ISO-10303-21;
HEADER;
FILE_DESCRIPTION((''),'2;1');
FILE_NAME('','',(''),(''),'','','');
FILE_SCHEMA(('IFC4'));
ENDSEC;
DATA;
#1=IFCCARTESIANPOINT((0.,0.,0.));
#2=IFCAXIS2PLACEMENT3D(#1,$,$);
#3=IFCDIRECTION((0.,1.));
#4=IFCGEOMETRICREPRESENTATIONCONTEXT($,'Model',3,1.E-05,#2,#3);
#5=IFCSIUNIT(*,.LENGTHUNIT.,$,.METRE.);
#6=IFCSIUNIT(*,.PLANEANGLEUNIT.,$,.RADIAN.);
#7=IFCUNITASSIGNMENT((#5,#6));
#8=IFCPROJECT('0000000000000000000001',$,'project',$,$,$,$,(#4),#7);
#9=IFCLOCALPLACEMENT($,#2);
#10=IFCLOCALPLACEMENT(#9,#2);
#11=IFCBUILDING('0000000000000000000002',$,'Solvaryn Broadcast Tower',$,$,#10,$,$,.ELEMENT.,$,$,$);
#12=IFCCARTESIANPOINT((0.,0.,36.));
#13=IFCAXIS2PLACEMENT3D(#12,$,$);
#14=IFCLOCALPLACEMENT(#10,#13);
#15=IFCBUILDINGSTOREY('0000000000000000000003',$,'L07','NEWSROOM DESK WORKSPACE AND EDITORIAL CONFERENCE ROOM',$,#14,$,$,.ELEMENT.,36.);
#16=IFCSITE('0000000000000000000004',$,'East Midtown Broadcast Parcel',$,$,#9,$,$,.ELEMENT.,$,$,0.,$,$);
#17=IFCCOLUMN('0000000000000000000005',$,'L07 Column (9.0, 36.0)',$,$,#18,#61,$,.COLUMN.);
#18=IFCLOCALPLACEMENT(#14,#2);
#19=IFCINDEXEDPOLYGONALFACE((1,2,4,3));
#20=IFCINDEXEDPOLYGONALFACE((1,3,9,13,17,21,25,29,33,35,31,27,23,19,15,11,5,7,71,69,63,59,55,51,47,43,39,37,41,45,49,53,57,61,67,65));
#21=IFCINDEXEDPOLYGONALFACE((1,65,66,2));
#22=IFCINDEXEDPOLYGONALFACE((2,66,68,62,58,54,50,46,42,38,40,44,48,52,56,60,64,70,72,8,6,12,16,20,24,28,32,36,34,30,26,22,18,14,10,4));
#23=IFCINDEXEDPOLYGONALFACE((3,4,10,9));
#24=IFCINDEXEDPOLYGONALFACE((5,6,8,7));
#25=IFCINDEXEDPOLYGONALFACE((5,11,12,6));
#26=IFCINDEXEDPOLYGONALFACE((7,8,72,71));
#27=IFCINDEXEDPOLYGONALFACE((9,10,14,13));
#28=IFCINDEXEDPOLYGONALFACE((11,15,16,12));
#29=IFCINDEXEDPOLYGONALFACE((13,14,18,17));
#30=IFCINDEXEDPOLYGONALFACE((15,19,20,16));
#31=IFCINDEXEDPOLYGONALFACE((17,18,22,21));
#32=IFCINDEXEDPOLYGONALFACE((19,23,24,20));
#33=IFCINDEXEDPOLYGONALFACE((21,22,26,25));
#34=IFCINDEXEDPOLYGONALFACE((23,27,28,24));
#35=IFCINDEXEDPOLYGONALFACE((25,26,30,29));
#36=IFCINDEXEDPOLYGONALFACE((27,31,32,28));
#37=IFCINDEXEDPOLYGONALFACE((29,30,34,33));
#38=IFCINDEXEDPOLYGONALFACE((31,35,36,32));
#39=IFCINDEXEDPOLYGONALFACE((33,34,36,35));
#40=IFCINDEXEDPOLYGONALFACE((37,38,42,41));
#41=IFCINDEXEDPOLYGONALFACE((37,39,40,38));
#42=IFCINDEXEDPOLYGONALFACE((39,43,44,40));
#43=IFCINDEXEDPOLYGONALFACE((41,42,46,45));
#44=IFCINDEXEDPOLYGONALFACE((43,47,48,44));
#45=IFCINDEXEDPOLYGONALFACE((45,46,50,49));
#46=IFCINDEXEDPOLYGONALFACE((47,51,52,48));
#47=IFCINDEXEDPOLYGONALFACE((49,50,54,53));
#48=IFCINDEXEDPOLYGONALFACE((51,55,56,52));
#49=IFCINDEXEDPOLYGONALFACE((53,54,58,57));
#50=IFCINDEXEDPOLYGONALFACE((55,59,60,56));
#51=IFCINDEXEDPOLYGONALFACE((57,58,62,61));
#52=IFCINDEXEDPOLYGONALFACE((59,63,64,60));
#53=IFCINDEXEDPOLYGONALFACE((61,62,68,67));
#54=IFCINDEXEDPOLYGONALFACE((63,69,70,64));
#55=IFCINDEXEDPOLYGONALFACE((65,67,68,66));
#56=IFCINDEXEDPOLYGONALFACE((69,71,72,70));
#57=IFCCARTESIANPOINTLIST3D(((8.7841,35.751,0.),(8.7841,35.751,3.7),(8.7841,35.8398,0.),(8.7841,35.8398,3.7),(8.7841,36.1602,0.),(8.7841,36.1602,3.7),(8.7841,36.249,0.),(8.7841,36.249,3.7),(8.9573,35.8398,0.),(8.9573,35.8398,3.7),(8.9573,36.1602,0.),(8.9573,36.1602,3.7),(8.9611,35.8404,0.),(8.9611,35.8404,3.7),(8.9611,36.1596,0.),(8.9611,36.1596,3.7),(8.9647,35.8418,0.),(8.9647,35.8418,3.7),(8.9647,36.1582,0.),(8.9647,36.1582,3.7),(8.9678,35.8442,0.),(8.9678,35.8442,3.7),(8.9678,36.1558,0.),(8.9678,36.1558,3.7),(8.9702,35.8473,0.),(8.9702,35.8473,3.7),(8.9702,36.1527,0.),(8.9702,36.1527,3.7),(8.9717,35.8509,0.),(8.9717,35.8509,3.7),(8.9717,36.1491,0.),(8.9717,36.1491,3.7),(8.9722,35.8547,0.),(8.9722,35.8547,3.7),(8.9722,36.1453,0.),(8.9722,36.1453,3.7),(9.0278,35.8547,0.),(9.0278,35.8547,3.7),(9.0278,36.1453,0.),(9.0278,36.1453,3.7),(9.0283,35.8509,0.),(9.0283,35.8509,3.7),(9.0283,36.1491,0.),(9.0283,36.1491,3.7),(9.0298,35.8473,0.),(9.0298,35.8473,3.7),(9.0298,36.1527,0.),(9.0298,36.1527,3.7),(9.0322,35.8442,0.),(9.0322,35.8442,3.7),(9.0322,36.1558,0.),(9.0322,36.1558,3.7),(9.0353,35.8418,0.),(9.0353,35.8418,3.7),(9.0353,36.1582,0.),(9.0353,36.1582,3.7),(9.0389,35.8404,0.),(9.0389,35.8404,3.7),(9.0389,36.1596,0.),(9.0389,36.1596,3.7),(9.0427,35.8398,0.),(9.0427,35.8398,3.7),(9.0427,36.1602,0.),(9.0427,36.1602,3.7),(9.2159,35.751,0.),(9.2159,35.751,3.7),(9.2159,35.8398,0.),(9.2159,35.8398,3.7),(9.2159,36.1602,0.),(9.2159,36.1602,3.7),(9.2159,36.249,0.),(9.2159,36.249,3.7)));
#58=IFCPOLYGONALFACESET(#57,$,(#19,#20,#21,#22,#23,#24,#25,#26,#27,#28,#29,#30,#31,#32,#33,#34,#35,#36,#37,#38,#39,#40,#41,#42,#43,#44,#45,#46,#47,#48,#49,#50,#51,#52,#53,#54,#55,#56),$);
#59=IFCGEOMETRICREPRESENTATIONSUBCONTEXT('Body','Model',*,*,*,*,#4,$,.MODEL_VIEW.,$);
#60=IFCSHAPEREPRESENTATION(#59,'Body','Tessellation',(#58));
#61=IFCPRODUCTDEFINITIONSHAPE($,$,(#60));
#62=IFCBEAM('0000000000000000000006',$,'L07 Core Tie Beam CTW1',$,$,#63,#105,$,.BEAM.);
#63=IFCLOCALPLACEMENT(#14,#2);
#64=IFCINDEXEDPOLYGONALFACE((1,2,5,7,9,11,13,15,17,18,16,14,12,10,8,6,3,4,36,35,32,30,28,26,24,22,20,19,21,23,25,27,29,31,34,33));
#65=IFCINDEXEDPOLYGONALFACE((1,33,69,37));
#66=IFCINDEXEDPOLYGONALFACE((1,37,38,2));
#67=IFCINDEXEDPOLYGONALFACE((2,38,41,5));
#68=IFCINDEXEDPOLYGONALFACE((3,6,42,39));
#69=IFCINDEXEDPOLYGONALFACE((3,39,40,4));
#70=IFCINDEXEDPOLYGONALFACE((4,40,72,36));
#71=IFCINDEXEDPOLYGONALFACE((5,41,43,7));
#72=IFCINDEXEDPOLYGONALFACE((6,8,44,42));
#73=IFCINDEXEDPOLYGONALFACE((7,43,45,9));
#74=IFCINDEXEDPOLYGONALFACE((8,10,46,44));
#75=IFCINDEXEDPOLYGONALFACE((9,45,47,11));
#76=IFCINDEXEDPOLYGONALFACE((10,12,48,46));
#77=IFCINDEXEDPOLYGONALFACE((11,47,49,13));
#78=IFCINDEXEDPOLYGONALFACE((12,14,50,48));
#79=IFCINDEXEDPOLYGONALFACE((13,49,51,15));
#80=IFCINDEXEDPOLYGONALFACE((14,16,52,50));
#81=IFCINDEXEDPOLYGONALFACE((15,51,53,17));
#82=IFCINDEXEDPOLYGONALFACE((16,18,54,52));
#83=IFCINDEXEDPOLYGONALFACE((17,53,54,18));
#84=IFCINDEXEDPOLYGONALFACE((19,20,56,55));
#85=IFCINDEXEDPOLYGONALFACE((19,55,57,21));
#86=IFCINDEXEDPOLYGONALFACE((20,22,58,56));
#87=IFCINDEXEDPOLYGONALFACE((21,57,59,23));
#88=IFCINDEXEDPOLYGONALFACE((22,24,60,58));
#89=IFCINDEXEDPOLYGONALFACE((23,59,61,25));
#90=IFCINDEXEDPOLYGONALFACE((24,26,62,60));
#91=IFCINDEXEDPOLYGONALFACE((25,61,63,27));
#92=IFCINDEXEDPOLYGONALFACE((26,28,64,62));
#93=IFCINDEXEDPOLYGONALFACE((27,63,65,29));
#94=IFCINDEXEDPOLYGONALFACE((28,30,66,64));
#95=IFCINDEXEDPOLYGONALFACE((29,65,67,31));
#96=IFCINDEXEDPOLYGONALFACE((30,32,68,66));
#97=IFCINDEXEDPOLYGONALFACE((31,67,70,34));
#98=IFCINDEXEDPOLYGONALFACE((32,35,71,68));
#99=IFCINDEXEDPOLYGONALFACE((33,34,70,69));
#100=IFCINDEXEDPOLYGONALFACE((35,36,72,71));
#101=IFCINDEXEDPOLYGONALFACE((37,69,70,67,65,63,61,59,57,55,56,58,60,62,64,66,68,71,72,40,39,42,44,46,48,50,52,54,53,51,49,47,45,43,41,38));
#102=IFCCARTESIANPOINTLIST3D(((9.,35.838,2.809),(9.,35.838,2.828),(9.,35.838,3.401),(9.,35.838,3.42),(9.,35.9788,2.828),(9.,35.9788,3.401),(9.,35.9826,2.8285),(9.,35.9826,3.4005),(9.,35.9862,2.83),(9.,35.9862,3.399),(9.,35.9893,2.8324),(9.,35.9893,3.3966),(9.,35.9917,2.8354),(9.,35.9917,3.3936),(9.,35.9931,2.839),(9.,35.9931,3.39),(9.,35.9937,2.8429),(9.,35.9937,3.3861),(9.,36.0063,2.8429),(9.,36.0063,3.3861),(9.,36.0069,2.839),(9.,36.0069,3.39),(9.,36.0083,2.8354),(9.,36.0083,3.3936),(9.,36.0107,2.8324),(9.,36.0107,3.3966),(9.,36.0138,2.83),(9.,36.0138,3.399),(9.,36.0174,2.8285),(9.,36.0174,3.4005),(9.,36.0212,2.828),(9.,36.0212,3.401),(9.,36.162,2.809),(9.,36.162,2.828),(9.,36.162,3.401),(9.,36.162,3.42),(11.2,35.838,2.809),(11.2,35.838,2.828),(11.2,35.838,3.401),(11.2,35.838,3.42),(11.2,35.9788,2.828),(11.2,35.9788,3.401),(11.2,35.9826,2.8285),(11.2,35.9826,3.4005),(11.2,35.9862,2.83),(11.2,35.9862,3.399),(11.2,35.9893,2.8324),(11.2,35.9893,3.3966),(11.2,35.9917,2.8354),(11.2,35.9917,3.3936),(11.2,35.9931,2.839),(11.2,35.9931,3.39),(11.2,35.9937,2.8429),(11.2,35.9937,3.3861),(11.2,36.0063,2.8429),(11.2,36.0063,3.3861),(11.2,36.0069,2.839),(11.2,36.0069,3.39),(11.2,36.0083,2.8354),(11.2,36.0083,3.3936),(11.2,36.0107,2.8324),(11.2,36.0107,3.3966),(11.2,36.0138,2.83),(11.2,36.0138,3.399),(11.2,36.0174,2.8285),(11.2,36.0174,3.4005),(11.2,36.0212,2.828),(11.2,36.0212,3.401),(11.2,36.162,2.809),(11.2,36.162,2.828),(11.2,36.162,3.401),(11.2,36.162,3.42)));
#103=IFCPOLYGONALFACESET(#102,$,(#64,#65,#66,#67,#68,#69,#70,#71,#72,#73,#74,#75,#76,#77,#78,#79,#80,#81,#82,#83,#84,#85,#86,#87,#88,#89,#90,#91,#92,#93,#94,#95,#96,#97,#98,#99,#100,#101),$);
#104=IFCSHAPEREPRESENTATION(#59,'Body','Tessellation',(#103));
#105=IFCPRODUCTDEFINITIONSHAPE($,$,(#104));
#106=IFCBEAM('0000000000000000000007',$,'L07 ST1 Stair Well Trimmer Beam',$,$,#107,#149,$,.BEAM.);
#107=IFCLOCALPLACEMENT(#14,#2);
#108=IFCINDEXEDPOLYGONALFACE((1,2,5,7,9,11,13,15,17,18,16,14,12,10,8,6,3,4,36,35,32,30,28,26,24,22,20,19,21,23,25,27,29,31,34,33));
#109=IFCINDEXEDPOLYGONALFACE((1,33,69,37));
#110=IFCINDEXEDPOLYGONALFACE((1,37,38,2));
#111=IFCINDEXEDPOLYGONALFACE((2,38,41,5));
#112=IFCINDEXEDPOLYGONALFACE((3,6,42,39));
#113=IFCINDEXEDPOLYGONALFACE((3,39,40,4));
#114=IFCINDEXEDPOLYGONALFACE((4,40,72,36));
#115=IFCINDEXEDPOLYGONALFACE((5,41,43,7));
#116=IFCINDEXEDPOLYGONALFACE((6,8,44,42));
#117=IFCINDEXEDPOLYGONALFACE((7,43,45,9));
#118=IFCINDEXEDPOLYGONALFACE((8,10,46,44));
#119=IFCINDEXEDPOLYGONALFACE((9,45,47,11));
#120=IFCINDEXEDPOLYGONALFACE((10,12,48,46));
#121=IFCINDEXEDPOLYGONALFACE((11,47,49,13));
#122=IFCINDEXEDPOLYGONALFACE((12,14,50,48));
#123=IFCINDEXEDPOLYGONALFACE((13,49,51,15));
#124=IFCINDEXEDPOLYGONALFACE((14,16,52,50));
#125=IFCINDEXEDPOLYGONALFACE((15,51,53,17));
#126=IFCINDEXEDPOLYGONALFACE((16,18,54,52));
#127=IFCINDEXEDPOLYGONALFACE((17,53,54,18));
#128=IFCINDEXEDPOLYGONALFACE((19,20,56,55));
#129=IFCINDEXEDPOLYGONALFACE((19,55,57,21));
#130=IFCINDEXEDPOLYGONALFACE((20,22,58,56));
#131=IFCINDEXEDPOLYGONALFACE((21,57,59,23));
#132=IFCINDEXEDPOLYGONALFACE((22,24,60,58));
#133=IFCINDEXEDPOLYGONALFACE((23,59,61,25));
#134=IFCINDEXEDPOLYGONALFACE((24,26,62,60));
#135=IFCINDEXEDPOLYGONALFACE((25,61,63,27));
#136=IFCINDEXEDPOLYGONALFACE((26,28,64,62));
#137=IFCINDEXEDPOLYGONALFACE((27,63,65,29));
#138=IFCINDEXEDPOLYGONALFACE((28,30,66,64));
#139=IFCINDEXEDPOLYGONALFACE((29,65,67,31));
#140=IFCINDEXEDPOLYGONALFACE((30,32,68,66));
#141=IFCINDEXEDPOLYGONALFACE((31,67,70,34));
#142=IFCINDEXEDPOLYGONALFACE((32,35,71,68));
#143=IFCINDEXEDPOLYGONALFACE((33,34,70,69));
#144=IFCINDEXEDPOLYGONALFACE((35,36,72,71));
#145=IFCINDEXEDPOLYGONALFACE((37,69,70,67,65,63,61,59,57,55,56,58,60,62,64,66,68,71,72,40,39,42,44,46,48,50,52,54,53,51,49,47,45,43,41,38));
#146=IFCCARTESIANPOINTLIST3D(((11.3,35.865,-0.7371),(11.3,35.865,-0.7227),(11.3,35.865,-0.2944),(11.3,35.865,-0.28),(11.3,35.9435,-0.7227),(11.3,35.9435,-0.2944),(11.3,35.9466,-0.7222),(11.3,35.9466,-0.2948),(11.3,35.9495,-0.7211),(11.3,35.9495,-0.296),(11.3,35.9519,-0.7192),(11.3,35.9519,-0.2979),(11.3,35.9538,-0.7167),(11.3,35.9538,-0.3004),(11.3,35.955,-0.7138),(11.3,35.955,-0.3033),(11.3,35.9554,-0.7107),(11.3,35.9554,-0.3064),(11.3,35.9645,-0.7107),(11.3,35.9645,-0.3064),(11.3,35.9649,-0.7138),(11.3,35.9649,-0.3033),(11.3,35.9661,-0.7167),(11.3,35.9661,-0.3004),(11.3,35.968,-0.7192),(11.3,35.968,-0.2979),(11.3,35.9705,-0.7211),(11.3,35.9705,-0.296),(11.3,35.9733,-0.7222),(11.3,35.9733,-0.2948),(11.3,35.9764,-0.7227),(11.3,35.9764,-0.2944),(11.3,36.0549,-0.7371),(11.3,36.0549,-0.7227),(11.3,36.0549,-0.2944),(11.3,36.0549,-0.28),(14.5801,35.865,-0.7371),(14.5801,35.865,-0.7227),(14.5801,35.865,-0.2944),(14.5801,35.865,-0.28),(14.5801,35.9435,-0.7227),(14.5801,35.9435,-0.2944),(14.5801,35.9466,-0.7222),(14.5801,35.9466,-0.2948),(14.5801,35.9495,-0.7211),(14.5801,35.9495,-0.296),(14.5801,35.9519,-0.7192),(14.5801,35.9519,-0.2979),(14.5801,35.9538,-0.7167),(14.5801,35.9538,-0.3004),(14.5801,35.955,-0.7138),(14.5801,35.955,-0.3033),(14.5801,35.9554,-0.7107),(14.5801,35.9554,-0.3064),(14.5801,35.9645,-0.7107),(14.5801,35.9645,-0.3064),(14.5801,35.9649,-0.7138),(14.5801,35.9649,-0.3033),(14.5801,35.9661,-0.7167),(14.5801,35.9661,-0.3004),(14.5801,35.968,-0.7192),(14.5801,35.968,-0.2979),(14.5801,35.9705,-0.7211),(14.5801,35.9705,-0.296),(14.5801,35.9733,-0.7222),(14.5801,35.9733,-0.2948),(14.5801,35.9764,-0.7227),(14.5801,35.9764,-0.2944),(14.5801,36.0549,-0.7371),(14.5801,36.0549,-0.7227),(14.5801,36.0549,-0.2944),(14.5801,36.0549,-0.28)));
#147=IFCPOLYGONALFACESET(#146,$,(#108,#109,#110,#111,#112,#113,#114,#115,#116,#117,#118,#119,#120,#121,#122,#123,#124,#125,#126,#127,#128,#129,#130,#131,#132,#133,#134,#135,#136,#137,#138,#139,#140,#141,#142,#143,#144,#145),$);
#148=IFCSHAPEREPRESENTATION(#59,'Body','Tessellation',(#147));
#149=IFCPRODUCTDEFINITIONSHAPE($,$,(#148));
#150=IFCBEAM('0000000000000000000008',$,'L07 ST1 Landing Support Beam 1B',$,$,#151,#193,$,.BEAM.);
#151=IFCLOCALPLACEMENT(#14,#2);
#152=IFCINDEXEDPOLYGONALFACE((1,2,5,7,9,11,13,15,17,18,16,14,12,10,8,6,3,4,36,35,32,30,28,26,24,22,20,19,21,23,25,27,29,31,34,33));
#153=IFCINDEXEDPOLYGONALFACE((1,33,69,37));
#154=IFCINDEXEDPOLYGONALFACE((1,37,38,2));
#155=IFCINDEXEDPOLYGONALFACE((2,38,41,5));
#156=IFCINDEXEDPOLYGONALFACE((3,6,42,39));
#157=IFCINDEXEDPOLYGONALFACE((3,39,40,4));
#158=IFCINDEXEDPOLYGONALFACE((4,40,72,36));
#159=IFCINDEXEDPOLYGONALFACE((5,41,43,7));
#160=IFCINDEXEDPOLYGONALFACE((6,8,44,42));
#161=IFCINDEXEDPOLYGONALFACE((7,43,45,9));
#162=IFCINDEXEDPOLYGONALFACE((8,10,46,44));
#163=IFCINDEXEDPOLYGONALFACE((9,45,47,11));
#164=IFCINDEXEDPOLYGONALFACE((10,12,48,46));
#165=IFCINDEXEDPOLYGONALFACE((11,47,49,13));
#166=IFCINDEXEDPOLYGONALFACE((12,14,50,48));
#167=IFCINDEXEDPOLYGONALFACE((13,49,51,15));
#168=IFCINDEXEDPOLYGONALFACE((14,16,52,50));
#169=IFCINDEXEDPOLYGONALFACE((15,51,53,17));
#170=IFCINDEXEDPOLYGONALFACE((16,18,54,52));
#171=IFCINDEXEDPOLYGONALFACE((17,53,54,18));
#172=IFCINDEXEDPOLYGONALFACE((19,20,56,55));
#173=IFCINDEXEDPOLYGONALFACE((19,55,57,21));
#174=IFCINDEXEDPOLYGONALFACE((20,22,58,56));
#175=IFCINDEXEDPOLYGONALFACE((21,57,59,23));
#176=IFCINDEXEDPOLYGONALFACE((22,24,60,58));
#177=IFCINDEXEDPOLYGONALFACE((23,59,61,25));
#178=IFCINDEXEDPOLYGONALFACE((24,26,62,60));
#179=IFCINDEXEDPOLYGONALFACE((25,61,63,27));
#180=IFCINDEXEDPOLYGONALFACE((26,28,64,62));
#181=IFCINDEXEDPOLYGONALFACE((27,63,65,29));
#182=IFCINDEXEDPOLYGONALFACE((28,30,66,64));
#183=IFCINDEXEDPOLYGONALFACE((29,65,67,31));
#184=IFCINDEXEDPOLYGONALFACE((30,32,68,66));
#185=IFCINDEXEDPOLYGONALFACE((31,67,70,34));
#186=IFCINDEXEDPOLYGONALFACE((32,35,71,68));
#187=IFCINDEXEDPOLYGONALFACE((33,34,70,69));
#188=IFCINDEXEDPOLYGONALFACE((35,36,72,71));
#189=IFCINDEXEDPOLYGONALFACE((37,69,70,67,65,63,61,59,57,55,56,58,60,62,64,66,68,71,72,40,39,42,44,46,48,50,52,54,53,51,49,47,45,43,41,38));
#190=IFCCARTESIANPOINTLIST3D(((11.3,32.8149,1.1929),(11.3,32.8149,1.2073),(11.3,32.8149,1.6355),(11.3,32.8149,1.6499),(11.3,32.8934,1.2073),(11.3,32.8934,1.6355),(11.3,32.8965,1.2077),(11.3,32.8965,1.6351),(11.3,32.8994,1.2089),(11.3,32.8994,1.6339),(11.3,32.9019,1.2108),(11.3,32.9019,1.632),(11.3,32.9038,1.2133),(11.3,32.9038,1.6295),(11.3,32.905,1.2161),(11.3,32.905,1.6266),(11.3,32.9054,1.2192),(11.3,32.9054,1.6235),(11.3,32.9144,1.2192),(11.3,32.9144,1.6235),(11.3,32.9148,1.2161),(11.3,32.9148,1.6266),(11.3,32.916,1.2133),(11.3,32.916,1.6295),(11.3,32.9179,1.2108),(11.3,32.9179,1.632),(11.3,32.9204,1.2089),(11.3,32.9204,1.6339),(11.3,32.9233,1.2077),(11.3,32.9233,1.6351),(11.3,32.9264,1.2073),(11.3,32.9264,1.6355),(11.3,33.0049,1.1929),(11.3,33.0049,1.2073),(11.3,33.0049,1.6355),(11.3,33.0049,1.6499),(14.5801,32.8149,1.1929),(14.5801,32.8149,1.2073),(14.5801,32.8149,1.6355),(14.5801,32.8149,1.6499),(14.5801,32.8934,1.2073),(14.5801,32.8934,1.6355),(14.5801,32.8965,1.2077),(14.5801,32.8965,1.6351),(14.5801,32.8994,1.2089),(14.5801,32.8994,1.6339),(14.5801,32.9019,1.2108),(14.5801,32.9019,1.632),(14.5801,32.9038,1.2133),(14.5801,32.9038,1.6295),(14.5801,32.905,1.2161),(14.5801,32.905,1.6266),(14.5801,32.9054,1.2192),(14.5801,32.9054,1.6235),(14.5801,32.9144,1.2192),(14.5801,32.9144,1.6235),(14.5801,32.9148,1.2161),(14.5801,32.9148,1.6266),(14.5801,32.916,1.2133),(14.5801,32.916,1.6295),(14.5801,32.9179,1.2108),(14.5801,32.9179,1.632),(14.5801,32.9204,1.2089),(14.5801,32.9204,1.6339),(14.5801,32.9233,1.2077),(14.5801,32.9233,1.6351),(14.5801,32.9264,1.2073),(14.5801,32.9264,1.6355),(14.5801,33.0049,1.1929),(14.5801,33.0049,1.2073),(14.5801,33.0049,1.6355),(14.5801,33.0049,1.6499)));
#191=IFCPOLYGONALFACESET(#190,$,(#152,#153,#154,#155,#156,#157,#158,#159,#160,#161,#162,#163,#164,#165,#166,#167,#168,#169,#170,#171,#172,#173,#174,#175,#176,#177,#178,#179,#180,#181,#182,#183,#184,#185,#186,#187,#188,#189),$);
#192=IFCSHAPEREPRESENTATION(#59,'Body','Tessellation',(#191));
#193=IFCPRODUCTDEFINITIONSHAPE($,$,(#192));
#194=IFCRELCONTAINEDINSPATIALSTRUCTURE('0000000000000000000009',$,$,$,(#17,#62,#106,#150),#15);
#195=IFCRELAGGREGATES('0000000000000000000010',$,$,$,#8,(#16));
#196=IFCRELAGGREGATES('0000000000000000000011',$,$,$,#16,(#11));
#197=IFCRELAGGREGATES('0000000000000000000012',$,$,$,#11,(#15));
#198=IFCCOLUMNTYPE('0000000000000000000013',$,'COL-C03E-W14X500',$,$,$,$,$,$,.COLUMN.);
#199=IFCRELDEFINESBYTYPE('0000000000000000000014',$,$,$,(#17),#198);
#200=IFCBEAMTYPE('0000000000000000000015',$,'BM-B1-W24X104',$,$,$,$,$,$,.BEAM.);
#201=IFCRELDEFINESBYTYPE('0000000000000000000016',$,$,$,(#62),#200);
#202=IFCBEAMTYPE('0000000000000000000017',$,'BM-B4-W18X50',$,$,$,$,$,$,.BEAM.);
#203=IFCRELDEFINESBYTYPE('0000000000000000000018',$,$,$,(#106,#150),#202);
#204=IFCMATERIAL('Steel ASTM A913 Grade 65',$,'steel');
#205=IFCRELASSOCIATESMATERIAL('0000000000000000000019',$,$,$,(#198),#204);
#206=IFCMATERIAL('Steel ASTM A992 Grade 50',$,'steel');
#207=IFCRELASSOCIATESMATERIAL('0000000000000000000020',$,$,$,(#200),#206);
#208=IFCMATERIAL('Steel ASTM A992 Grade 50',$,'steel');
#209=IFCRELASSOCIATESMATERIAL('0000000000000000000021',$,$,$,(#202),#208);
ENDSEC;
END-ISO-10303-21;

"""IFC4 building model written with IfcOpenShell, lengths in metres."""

from ifc_helpers import new_model, si_unit, direction, frame, origin, origin_2d, place, context, subcontext, project, spatial, i_section, extrude, material, material_profile, profile_set, type_object, element, save


model = new_model("IFC4")

# Units and contexts
model_context = context("Model", 3, precision=1e-05, world=origin(), true_north=direction((0.0, 1.0)))
body_context = subcontext(model_context, "Body", "Model", "MODEL_VIEW")
ifc_project = project(units=[si_unit("LENGTHUNIT", "METRE"), si_unit("PLANEANGLEUNIT", "RADIAN")], contexts=[model_context])

# Site, building, storey
site_placement = place(None, origin())
site = spatial("IfcSite", under=ifc_project, at=site_placement, Name="East Midtown Broadcast Parcel", CompositionType="ELEMENT", RefElevation=0.0)
building_placement = place(site_placement, origin())
building = spatial("IfcBuilding", under=site, at=building_placement, Name="Solvaryn Broadcast Tower", CompositionType="ELEMENT")
storey_placement = place(building_placement, frame((0.0, 0.0, 36.0)))
storey = spatial("IfcBuildingStorey", under=building, at=storey_placement, Name="L07", Description="NEWSROOM DESK WORKSPACE AND EDITORIAL CONFERENCE ROOM", CompositionType="ELEMENT", Elevation=36.0)

# Column
ifc_material_1 = material(Name="Steel ASTM A913 Grade 65", Category="steel")
ifc_material_profile_1 = material_profile(ifc_material_1, i_section(OverallWidth=0.4319, OverallDepth=0.498, WebThickness=0.0557, FlangeThickness=0.0889, FilletRadius=0.0149, at=origin_2d()))
ifc_profile_set_1 = profile_set([ifc_material_profile_1], Name="Steel ASTM A913 Grade 65")
column_type = type_object("IfcColumnType", Name="COL-C03E-W14X500", PredefinedType="COLUMN", material=ifc_profile_set_1)
column_placement = place(storey_placement, frame((9.0, 36.0, 0.0), z_axis=(0.0, 0.0, 1.0), x_axis=(1.0, 0.0, 0.0)))
element("IfcColumn", 1, at=column_placement, inside=storey, type_object=column_type, Name="L07 Column (9.0, 36.0)", PredefinedType="COLUMN", context=body_context, shape_type="SweptSolid", body=[
    extrude(i_section(OverallWidth=0.4319, OverallDepth=0.498, WebThickness=0.0557, FlangeThickness=0.0889, FilletRadius=0.0149, at=origin_2d()), origin(), (0.0, 0.0, 1.0), 3.7),
])

# Beams
ifc_material_2 = material(Name="Steel ASTM A992 Grade 50", Category="steel")
ifc_material_profile_2 = material_profile(ifc_material_2, i_section(OverallWidth=0.324, OverallDepth=0.6111, WebThickness=0.0127, FlangeThickness=0.019, FilletRadius=0.0149, at=origin_2d()))
ifc_profile_set_2 = profile_set([ifc_material_profile_2], Name="Steel ASTM A992 Grade 50")
beam_type_1 = type_object("IfcBeamType", Name="BM-B1-W24X104", PredefinedType="BEAM", material=ifc_profile_set_2)
beam_1_placement = place(storey_placement, frame((9.0, 36.0, 3.1145), z_axis=(1.0, 0.0, 0.0), x_axis=(0.0, 1.0, 0.0)))
element("IfcBeam", 2, at=beam_1_placement, inside=storey, type_object=beam_type_1, Name="L07 Core Tie Beam CTW1", PredefinedType="BEAM", context=body_context, shape_type="SweptSolid", body=[
    extrude(i_section(OverallWidth=0.324, OverallDepth=0.6111, WebThickness=0.0127, FlangeThickness=0.019, FilletRadius=0.0149, at=origin_2d()), origin(), (0.0, 0.0, 1.0), 2.2),
])
ifc_material_3 = material(Name="Steel ASTM A992 Grade 50", Category="steel")
ifc_material_profile_3 = material_profile(ifc_material_3, i_section(OverallWidth=0.1899, OverallDepth=0.457, WebThickness=0.009, FlangeThickness=0.0144, FilletRadius=0.012, at=origin_2d()))
ifc_profile_set_3 = profile_set([ifc_material_profile_3], Name="Steel ASTM A992 Grade 50")
beam_type_2 = type_object("IfcBeamType", Name="BM-B4-W18X50", PredefinedType="BEAM", material=ifc_profile_set_3)
for number, where, z_axis, x_axis, name in (
    (3, (11.3, 35.96, -0.5085), (1.0, 0.0, 0.0), (0.0, 1.0, 0.0), "L07 ST1 Stair Well Trimmer Beam"),
    (4, (11.3, 32.9099, 1.4214), (1.0, 0.0, 0.0), (0.0, 1.0, 0.0), "L07 ST1 Landing Support Beam 1B"),
):
    element("IfcBeam", number, at=place(storey_placement, frame(where, z_axis=z_axis, x_axis=x_axis)), inside=storey, type_object=beam_type_2, Name=name, PredefinedType="BEAM", context=body_context, shape_type="SweptSolid", body=[
        extrude(i_section(OverallWidth=0.1899, OverallDepth=0.457, WebThickness=0.009, FlangeThickness=0.0144, FilletRadius=0.012, at=origin_2d()), origin(), (0.0, 0.0, 1.0), 3.28),
    ])

save(model, "model.ifc")
